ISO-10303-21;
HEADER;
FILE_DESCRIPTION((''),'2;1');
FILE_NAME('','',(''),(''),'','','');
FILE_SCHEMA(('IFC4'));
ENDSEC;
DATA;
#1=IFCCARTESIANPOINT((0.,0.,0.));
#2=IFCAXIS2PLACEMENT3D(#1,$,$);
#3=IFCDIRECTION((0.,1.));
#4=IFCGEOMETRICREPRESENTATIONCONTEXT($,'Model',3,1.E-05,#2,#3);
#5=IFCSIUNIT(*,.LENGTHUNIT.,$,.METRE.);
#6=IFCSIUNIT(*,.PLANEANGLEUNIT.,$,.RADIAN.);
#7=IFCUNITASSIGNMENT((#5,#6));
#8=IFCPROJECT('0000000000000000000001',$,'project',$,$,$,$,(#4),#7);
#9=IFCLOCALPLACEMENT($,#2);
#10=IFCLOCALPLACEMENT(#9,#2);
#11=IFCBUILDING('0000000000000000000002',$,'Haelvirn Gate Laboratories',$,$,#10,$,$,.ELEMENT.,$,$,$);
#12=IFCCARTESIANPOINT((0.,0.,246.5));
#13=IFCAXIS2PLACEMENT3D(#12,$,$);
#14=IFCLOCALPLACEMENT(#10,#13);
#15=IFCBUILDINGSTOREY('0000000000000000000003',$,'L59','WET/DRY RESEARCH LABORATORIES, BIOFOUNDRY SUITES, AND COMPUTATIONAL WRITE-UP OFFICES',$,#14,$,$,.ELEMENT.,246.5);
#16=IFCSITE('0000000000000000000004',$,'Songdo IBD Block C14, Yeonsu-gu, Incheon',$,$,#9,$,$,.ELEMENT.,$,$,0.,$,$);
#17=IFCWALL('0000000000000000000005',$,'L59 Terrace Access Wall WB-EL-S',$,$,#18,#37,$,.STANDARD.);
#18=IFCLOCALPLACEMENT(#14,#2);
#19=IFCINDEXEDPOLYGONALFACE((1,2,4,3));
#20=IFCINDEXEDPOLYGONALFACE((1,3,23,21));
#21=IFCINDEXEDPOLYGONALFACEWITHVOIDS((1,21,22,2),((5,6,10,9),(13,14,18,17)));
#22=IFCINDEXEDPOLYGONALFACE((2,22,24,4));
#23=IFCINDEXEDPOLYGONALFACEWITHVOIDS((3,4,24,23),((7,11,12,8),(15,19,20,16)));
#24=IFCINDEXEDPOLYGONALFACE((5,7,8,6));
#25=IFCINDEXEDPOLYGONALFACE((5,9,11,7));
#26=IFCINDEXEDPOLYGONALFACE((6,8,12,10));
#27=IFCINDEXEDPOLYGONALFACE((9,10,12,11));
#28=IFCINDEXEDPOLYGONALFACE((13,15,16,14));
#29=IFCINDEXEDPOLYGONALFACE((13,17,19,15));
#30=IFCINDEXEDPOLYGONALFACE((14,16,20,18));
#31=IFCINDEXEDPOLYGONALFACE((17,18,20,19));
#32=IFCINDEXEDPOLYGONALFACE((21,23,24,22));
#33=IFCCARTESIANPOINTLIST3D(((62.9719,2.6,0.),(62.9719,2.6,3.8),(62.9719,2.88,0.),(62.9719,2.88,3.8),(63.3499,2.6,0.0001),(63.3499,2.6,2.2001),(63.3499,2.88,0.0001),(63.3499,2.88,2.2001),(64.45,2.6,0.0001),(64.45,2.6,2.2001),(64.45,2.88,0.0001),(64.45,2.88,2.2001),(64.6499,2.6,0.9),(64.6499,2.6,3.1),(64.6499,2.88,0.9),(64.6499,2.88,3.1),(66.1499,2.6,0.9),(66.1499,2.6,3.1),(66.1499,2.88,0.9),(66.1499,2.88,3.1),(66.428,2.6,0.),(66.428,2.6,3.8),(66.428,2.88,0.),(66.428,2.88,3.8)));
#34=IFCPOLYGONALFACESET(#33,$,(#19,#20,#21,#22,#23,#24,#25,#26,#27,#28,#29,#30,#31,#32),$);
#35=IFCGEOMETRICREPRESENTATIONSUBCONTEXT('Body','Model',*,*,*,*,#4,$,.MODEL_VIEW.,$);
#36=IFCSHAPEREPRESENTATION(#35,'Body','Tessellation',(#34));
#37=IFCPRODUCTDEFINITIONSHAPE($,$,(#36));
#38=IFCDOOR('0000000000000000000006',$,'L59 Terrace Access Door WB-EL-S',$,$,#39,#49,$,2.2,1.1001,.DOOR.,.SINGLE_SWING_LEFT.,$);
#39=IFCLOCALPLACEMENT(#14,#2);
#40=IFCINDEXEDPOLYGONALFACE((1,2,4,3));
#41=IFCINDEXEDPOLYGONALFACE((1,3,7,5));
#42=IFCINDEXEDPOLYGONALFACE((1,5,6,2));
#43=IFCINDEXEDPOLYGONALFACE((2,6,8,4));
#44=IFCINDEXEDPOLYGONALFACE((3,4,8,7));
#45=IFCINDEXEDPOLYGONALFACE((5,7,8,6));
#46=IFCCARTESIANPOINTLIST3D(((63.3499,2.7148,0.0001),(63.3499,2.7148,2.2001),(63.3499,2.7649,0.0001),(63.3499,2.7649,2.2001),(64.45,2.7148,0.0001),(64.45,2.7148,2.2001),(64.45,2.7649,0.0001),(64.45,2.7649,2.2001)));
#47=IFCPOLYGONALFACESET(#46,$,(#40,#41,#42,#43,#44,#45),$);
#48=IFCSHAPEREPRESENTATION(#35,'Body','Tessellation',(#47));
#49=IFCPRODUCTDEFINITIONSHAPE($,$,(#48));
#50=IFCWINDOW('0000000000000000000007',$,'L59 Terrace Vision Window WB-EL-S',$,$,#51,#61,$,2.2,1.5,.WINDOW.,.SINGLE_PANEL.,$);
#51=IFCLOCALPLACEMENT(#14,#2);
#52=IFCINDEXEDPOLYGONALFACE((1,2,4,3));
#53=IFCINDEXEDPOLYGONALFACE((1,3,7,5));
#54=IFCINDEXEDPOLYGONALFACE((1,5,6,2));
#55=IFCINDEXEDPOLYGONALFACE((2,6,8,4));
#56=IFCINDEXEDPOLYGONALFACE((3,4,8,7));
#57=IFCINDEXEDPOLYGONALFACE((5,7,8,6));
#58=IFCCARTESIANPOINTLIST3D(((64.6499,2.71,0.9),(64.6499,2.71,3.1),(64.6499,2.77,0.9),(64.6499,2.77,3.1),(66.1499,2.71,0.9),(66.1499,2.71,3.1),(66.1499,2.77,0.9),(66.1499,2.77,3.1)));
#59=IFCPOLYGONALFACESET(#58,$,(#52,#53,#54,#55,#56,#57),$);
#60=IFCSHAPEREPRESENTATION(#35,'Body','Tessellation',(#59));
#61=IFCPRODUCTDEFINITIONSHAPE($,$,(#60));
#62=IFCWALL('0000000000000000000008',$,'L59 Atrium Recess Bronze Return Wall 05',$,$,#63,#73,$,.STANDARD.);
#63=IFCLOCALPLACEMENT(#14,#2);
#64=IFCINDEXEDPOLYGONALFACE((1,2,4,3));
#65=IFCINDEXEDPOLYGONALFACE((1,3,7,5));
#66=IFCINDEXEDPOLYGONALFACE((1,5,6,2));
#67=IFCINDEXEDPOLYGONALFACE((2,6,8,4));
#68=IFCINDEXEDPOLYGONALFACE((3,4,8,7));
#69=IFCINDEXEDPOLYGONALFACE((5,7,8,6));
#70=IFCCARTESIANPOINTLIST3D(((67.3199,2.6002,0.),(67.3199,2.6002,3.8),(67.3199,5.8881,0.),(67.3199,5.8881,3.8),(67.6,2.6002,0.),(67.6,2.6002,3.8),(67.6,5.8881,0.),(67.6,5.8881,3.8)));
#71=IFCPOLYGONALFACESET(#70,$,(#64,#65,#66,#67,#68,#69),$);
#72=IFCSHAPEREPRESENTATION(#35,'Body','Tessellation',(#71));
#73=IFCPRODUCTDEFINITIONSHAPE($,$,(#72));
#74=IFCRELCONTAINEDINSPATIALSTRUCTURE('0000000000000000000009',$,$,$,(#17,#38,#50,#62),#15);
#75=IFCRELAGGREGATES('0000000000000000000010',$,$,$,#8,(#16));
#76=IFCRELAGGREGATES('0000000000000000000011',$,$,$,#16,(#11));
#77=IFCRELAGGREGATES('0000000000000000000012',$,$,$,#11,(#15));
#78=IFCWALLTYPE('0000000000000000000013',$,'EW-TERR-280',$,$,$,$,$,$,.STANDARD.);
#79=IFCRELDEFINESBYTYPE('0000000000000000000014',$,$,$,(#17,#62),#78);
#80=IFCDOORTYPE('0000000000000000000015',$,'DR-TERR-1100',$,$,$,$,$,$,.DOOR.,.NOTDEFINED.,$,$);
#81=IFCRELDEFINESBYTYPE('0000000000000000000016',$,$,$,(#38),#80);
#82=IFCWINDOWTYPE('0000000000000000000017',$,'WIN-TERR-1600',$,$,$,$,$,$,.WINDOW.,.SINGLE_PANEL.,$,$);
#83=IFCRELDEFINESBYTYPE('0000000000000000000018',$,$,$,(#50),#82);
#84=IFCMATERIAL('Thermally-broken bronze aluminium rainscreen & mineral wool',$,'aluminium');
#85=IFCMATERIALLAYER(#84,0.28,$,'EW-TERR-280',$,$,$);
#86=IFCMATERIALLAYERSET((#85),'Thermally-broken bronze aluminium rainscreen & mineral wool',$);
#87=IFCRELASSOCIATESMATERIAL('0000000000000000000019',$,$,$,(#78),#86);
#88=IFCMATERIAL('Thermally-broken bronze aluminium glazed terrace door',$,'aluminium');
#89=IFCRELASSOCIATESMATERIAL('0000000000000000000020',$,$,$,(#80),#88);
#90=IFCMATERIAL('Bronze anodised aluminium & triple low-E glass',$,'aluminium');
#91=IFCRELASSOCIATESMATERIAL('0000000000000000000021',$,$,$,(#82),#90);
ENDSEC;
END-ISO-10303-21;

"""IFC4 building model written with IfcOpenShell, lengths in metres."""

from ifc_helpers import new_model, si_unit, direction, frame, frame_2d, origin, place, context, subcontext, project, spatial, rectangle, extrude, source, transform, mapped, material, layer, layer_set, type_object, type_shapes, element, fill, save


model = new_model("IFC4")

# Units and contexts
model_context = context("Model", 3, precision=1e-05, world=origin(), true_north=direction((0.0, 1.0)))
body_context = subcontext(model_context, "Body", "Model", "MODEL_VIEW")
ifc_project = project(units=[si_unit("LENGTHUNIT", "METRE"), si_unit("PLANEANGLEUNIT", "RADIAN")], contexts=[model_context])

# Site, building, storey
site_placement = place(None, origin())
site = spatial("IfcSite", under=ifc_project, at=site_placement, Name="Songdo IBD Block C14, Yeonsu-gu, Incheon", CompositionType="ELEMENT", RefElevation=0.0)
building_placement = place(site_placement, origin())
building = spatial("IfcBuilding", under=site, at=building_placement, Name="Haelvirn Gate Laboratories", CompositionType="ELEMENT")
storey_placement = place(building_placement, frame((0.0, 0.0, 246.5)))
storey = spatial("IfcBuildingStorey", under=building, at=storey_placement, Name="L59", Description="WET/DRY RESEARCH LABORATORIES, BIOFOUNDRY SUITES, AND COMPUTATIONAL WRITE-UP OFFICES", CompositionType="ELEMENT", Elevation=246.5)

# Wall, openings, door, window
ifc_material_1 = material(Name="Thermally-broken bronze aluminium rainscreen & mineral wool", Category="aluminium")
ifc_layer_1 = layer(ifc_material_1, 0.28, Name="EW-TERR-280")
ifc_layer_set_1 = layer_set([ifc_layer_1], Name="Thermally-broken bronze aluminium rainscreen & mineral wool")
wall_type = type_object("IfcWallType", Name="EW-TERR-280", PredefinedType="STANDARD", material=ifc_layer_set_1)
wall_1_placement = place(storey_placement, frame((62.9719, 2.74, 0.0), z_axis=(0.0, 0.0, 1.0), x_axis=(1.0, 0.0, 0.0)))
wall_1 = element("IfcWall", 1, at=wall_1_placement, inside=storey, type_object=wall_type, Name="L59 Terrace Access Wall WB-EL-S", PredefinedType="STANDARD", context=body_context, shape_type="SweptSolid", body=[
    extrude(rectangle(XDim=3.4561, YDim=0.28, at=frame_2d((1.728, 0.0))), origin(), (0.0, 0.0, 1.0), 3.8),
])
opening_1_placement = place(wall_1_placement, frame((0.3779, 0.0, 0.0)))
opening_1 = element("IfcOpeningElement", 2, at=opening_1_placement, cuts=wall_1, PredefinedType="OPENING", context=body_context, shape_type="SweptSolid", body=[
    extrude(rectangle(XDim=1.1001, YDim=2.2, at=frame_2d((0.55, 1.1001))), frame((0.0, 0.1499, 0.0), z_axis=(0.0, -1.0, 0.0), x_axis=(1.0, 0.0, 0.0)), (0.0, 0.0, 1.0), 0.3),
])
opening_2_placement = place(wall_1_placement, frame((1.678, 0.0, 0.8999)))
opening_2 = element("IfcOpeningElement", 3, at=opening_2_placement, cuts=wall_1, PredefinedType="OPENING", context=body_context, shape_type="SweptSolid", body=[
    extrude(rectangle(XDim=1.5, YDim=2.2, at=frame_2d((0.75, 1.1001))), frame((0.0, 0.1499, 0.0), z_axis=(0.0, -1.0, 0.0), x_axis=(1.0, 0.0, 0.0)), (0.0, 0.0, 1.0), 0.3),
])
ifc_material_2 = material(Name="Thermally-broken bronze aluminium glazed terrace door", Category="aluminium")
door_type = type_object("IfcDoorType", Name="DR-TERR-1100", OperationType="NOTDEFINED", PredefinedType="DOOR", material=ifc_material_2)
shared_shape_1 = source(origin(), body_context, "Body", "SweptSolid", [
    extrude(rectangle(XDim=1.1001, YDim=2.2, at=frame_2d((0.55, 1.1001))), frame((0.0, 0.0249, 0.0), z_axis=(0.0, -1.0, 0.0), x_axis=(1.0, 0.0, 0.0)), (0.0, 0.0, 1.0), 0.05),
])
type_shapes(door_type, [shared_shape_1])
door_placement = place(opening_1_placement, origin())
door = element("IfcDoor", 4, at=door_placement, inside=storey, type_object=door_type, Name="L59 Terrace Access Door WB-EL-S", OperationType="SINGLE_SWING_LEFT", OverallHeight=2.2, OverallWidth=1.1001, PredefinedType="DOOR", context=body_context, shape_type="MappedRepresentation", body=[
    mapped(shared_shape_1, transform((0.0, 0.0, 0.0), scale=1.0)),
])
fill(opening_1, door)
ifc_material_3 = material(Name="Bronze anodised aluminium & triple low-E glass", Category="aluminium")
window_type = type_object("IfcWindowType", Name="WIN-TERR-1600", PartitioningType="SINGLE_PANEL", PredefinedType="WINDOW", material=ifc_material_3)
shared_shape_2 = source(origin(), body_context, "Body", "SweptSolid", [
    extrude(rectangle(XDim=1.5, YDim=2.2, at=frame_2d((0.75, 1.1001))), frame((0.0, 0.03, 0.0), z_axis=(0.0, -1.0, 0.0), x_axis=(1.0, 0.0, 0.0)), (0.0, 0.0, 1.0), 0.0601),
])
type_shapes(window_type, [shared_shape_2])
window_placement = place(opening_2_placement, origin())
window = element("IfcWindow", 5, at=window_placement, inside=storey, type_object=window_type, Name="L59 Terrace Vision Window WB-EL-S", OverallHeight=2.2, OverallWidth=1.5, PartitioningType="SINGLE_PANEL", PredefinedType="WINDOW", context=body_context, shape_type="MappedRepresentation", body=[
    mapped(shared_shape_2, transform((0.0, 0.0, 0.0), scale=1.0)),
])
fill(opening_2, window)

# Wall
wall_2_placement = place(storey_placement, frame((67.46, 2.6001, 0.0), z_axis=(0.0, 0.0, 1.0), x_axis=(0.0, 1.0, 0.0)))
element("IfcWall", 6, at=wall_2_placement, inside=storey, type_object=wall_type, Name="L59 Atrium Recess Bronze Return Wall 05", PredefinedType="STANDARD", context=body_context, shape_type="SweptSolid", body=[
    extrude(rectangle(XDim=3.2878, YDim=0.28, at=frame_2d((1.644, 0.0))), origin(), (0.0, 0.0, 1.0), 3.8),
])

save(model, "model.ifc")
